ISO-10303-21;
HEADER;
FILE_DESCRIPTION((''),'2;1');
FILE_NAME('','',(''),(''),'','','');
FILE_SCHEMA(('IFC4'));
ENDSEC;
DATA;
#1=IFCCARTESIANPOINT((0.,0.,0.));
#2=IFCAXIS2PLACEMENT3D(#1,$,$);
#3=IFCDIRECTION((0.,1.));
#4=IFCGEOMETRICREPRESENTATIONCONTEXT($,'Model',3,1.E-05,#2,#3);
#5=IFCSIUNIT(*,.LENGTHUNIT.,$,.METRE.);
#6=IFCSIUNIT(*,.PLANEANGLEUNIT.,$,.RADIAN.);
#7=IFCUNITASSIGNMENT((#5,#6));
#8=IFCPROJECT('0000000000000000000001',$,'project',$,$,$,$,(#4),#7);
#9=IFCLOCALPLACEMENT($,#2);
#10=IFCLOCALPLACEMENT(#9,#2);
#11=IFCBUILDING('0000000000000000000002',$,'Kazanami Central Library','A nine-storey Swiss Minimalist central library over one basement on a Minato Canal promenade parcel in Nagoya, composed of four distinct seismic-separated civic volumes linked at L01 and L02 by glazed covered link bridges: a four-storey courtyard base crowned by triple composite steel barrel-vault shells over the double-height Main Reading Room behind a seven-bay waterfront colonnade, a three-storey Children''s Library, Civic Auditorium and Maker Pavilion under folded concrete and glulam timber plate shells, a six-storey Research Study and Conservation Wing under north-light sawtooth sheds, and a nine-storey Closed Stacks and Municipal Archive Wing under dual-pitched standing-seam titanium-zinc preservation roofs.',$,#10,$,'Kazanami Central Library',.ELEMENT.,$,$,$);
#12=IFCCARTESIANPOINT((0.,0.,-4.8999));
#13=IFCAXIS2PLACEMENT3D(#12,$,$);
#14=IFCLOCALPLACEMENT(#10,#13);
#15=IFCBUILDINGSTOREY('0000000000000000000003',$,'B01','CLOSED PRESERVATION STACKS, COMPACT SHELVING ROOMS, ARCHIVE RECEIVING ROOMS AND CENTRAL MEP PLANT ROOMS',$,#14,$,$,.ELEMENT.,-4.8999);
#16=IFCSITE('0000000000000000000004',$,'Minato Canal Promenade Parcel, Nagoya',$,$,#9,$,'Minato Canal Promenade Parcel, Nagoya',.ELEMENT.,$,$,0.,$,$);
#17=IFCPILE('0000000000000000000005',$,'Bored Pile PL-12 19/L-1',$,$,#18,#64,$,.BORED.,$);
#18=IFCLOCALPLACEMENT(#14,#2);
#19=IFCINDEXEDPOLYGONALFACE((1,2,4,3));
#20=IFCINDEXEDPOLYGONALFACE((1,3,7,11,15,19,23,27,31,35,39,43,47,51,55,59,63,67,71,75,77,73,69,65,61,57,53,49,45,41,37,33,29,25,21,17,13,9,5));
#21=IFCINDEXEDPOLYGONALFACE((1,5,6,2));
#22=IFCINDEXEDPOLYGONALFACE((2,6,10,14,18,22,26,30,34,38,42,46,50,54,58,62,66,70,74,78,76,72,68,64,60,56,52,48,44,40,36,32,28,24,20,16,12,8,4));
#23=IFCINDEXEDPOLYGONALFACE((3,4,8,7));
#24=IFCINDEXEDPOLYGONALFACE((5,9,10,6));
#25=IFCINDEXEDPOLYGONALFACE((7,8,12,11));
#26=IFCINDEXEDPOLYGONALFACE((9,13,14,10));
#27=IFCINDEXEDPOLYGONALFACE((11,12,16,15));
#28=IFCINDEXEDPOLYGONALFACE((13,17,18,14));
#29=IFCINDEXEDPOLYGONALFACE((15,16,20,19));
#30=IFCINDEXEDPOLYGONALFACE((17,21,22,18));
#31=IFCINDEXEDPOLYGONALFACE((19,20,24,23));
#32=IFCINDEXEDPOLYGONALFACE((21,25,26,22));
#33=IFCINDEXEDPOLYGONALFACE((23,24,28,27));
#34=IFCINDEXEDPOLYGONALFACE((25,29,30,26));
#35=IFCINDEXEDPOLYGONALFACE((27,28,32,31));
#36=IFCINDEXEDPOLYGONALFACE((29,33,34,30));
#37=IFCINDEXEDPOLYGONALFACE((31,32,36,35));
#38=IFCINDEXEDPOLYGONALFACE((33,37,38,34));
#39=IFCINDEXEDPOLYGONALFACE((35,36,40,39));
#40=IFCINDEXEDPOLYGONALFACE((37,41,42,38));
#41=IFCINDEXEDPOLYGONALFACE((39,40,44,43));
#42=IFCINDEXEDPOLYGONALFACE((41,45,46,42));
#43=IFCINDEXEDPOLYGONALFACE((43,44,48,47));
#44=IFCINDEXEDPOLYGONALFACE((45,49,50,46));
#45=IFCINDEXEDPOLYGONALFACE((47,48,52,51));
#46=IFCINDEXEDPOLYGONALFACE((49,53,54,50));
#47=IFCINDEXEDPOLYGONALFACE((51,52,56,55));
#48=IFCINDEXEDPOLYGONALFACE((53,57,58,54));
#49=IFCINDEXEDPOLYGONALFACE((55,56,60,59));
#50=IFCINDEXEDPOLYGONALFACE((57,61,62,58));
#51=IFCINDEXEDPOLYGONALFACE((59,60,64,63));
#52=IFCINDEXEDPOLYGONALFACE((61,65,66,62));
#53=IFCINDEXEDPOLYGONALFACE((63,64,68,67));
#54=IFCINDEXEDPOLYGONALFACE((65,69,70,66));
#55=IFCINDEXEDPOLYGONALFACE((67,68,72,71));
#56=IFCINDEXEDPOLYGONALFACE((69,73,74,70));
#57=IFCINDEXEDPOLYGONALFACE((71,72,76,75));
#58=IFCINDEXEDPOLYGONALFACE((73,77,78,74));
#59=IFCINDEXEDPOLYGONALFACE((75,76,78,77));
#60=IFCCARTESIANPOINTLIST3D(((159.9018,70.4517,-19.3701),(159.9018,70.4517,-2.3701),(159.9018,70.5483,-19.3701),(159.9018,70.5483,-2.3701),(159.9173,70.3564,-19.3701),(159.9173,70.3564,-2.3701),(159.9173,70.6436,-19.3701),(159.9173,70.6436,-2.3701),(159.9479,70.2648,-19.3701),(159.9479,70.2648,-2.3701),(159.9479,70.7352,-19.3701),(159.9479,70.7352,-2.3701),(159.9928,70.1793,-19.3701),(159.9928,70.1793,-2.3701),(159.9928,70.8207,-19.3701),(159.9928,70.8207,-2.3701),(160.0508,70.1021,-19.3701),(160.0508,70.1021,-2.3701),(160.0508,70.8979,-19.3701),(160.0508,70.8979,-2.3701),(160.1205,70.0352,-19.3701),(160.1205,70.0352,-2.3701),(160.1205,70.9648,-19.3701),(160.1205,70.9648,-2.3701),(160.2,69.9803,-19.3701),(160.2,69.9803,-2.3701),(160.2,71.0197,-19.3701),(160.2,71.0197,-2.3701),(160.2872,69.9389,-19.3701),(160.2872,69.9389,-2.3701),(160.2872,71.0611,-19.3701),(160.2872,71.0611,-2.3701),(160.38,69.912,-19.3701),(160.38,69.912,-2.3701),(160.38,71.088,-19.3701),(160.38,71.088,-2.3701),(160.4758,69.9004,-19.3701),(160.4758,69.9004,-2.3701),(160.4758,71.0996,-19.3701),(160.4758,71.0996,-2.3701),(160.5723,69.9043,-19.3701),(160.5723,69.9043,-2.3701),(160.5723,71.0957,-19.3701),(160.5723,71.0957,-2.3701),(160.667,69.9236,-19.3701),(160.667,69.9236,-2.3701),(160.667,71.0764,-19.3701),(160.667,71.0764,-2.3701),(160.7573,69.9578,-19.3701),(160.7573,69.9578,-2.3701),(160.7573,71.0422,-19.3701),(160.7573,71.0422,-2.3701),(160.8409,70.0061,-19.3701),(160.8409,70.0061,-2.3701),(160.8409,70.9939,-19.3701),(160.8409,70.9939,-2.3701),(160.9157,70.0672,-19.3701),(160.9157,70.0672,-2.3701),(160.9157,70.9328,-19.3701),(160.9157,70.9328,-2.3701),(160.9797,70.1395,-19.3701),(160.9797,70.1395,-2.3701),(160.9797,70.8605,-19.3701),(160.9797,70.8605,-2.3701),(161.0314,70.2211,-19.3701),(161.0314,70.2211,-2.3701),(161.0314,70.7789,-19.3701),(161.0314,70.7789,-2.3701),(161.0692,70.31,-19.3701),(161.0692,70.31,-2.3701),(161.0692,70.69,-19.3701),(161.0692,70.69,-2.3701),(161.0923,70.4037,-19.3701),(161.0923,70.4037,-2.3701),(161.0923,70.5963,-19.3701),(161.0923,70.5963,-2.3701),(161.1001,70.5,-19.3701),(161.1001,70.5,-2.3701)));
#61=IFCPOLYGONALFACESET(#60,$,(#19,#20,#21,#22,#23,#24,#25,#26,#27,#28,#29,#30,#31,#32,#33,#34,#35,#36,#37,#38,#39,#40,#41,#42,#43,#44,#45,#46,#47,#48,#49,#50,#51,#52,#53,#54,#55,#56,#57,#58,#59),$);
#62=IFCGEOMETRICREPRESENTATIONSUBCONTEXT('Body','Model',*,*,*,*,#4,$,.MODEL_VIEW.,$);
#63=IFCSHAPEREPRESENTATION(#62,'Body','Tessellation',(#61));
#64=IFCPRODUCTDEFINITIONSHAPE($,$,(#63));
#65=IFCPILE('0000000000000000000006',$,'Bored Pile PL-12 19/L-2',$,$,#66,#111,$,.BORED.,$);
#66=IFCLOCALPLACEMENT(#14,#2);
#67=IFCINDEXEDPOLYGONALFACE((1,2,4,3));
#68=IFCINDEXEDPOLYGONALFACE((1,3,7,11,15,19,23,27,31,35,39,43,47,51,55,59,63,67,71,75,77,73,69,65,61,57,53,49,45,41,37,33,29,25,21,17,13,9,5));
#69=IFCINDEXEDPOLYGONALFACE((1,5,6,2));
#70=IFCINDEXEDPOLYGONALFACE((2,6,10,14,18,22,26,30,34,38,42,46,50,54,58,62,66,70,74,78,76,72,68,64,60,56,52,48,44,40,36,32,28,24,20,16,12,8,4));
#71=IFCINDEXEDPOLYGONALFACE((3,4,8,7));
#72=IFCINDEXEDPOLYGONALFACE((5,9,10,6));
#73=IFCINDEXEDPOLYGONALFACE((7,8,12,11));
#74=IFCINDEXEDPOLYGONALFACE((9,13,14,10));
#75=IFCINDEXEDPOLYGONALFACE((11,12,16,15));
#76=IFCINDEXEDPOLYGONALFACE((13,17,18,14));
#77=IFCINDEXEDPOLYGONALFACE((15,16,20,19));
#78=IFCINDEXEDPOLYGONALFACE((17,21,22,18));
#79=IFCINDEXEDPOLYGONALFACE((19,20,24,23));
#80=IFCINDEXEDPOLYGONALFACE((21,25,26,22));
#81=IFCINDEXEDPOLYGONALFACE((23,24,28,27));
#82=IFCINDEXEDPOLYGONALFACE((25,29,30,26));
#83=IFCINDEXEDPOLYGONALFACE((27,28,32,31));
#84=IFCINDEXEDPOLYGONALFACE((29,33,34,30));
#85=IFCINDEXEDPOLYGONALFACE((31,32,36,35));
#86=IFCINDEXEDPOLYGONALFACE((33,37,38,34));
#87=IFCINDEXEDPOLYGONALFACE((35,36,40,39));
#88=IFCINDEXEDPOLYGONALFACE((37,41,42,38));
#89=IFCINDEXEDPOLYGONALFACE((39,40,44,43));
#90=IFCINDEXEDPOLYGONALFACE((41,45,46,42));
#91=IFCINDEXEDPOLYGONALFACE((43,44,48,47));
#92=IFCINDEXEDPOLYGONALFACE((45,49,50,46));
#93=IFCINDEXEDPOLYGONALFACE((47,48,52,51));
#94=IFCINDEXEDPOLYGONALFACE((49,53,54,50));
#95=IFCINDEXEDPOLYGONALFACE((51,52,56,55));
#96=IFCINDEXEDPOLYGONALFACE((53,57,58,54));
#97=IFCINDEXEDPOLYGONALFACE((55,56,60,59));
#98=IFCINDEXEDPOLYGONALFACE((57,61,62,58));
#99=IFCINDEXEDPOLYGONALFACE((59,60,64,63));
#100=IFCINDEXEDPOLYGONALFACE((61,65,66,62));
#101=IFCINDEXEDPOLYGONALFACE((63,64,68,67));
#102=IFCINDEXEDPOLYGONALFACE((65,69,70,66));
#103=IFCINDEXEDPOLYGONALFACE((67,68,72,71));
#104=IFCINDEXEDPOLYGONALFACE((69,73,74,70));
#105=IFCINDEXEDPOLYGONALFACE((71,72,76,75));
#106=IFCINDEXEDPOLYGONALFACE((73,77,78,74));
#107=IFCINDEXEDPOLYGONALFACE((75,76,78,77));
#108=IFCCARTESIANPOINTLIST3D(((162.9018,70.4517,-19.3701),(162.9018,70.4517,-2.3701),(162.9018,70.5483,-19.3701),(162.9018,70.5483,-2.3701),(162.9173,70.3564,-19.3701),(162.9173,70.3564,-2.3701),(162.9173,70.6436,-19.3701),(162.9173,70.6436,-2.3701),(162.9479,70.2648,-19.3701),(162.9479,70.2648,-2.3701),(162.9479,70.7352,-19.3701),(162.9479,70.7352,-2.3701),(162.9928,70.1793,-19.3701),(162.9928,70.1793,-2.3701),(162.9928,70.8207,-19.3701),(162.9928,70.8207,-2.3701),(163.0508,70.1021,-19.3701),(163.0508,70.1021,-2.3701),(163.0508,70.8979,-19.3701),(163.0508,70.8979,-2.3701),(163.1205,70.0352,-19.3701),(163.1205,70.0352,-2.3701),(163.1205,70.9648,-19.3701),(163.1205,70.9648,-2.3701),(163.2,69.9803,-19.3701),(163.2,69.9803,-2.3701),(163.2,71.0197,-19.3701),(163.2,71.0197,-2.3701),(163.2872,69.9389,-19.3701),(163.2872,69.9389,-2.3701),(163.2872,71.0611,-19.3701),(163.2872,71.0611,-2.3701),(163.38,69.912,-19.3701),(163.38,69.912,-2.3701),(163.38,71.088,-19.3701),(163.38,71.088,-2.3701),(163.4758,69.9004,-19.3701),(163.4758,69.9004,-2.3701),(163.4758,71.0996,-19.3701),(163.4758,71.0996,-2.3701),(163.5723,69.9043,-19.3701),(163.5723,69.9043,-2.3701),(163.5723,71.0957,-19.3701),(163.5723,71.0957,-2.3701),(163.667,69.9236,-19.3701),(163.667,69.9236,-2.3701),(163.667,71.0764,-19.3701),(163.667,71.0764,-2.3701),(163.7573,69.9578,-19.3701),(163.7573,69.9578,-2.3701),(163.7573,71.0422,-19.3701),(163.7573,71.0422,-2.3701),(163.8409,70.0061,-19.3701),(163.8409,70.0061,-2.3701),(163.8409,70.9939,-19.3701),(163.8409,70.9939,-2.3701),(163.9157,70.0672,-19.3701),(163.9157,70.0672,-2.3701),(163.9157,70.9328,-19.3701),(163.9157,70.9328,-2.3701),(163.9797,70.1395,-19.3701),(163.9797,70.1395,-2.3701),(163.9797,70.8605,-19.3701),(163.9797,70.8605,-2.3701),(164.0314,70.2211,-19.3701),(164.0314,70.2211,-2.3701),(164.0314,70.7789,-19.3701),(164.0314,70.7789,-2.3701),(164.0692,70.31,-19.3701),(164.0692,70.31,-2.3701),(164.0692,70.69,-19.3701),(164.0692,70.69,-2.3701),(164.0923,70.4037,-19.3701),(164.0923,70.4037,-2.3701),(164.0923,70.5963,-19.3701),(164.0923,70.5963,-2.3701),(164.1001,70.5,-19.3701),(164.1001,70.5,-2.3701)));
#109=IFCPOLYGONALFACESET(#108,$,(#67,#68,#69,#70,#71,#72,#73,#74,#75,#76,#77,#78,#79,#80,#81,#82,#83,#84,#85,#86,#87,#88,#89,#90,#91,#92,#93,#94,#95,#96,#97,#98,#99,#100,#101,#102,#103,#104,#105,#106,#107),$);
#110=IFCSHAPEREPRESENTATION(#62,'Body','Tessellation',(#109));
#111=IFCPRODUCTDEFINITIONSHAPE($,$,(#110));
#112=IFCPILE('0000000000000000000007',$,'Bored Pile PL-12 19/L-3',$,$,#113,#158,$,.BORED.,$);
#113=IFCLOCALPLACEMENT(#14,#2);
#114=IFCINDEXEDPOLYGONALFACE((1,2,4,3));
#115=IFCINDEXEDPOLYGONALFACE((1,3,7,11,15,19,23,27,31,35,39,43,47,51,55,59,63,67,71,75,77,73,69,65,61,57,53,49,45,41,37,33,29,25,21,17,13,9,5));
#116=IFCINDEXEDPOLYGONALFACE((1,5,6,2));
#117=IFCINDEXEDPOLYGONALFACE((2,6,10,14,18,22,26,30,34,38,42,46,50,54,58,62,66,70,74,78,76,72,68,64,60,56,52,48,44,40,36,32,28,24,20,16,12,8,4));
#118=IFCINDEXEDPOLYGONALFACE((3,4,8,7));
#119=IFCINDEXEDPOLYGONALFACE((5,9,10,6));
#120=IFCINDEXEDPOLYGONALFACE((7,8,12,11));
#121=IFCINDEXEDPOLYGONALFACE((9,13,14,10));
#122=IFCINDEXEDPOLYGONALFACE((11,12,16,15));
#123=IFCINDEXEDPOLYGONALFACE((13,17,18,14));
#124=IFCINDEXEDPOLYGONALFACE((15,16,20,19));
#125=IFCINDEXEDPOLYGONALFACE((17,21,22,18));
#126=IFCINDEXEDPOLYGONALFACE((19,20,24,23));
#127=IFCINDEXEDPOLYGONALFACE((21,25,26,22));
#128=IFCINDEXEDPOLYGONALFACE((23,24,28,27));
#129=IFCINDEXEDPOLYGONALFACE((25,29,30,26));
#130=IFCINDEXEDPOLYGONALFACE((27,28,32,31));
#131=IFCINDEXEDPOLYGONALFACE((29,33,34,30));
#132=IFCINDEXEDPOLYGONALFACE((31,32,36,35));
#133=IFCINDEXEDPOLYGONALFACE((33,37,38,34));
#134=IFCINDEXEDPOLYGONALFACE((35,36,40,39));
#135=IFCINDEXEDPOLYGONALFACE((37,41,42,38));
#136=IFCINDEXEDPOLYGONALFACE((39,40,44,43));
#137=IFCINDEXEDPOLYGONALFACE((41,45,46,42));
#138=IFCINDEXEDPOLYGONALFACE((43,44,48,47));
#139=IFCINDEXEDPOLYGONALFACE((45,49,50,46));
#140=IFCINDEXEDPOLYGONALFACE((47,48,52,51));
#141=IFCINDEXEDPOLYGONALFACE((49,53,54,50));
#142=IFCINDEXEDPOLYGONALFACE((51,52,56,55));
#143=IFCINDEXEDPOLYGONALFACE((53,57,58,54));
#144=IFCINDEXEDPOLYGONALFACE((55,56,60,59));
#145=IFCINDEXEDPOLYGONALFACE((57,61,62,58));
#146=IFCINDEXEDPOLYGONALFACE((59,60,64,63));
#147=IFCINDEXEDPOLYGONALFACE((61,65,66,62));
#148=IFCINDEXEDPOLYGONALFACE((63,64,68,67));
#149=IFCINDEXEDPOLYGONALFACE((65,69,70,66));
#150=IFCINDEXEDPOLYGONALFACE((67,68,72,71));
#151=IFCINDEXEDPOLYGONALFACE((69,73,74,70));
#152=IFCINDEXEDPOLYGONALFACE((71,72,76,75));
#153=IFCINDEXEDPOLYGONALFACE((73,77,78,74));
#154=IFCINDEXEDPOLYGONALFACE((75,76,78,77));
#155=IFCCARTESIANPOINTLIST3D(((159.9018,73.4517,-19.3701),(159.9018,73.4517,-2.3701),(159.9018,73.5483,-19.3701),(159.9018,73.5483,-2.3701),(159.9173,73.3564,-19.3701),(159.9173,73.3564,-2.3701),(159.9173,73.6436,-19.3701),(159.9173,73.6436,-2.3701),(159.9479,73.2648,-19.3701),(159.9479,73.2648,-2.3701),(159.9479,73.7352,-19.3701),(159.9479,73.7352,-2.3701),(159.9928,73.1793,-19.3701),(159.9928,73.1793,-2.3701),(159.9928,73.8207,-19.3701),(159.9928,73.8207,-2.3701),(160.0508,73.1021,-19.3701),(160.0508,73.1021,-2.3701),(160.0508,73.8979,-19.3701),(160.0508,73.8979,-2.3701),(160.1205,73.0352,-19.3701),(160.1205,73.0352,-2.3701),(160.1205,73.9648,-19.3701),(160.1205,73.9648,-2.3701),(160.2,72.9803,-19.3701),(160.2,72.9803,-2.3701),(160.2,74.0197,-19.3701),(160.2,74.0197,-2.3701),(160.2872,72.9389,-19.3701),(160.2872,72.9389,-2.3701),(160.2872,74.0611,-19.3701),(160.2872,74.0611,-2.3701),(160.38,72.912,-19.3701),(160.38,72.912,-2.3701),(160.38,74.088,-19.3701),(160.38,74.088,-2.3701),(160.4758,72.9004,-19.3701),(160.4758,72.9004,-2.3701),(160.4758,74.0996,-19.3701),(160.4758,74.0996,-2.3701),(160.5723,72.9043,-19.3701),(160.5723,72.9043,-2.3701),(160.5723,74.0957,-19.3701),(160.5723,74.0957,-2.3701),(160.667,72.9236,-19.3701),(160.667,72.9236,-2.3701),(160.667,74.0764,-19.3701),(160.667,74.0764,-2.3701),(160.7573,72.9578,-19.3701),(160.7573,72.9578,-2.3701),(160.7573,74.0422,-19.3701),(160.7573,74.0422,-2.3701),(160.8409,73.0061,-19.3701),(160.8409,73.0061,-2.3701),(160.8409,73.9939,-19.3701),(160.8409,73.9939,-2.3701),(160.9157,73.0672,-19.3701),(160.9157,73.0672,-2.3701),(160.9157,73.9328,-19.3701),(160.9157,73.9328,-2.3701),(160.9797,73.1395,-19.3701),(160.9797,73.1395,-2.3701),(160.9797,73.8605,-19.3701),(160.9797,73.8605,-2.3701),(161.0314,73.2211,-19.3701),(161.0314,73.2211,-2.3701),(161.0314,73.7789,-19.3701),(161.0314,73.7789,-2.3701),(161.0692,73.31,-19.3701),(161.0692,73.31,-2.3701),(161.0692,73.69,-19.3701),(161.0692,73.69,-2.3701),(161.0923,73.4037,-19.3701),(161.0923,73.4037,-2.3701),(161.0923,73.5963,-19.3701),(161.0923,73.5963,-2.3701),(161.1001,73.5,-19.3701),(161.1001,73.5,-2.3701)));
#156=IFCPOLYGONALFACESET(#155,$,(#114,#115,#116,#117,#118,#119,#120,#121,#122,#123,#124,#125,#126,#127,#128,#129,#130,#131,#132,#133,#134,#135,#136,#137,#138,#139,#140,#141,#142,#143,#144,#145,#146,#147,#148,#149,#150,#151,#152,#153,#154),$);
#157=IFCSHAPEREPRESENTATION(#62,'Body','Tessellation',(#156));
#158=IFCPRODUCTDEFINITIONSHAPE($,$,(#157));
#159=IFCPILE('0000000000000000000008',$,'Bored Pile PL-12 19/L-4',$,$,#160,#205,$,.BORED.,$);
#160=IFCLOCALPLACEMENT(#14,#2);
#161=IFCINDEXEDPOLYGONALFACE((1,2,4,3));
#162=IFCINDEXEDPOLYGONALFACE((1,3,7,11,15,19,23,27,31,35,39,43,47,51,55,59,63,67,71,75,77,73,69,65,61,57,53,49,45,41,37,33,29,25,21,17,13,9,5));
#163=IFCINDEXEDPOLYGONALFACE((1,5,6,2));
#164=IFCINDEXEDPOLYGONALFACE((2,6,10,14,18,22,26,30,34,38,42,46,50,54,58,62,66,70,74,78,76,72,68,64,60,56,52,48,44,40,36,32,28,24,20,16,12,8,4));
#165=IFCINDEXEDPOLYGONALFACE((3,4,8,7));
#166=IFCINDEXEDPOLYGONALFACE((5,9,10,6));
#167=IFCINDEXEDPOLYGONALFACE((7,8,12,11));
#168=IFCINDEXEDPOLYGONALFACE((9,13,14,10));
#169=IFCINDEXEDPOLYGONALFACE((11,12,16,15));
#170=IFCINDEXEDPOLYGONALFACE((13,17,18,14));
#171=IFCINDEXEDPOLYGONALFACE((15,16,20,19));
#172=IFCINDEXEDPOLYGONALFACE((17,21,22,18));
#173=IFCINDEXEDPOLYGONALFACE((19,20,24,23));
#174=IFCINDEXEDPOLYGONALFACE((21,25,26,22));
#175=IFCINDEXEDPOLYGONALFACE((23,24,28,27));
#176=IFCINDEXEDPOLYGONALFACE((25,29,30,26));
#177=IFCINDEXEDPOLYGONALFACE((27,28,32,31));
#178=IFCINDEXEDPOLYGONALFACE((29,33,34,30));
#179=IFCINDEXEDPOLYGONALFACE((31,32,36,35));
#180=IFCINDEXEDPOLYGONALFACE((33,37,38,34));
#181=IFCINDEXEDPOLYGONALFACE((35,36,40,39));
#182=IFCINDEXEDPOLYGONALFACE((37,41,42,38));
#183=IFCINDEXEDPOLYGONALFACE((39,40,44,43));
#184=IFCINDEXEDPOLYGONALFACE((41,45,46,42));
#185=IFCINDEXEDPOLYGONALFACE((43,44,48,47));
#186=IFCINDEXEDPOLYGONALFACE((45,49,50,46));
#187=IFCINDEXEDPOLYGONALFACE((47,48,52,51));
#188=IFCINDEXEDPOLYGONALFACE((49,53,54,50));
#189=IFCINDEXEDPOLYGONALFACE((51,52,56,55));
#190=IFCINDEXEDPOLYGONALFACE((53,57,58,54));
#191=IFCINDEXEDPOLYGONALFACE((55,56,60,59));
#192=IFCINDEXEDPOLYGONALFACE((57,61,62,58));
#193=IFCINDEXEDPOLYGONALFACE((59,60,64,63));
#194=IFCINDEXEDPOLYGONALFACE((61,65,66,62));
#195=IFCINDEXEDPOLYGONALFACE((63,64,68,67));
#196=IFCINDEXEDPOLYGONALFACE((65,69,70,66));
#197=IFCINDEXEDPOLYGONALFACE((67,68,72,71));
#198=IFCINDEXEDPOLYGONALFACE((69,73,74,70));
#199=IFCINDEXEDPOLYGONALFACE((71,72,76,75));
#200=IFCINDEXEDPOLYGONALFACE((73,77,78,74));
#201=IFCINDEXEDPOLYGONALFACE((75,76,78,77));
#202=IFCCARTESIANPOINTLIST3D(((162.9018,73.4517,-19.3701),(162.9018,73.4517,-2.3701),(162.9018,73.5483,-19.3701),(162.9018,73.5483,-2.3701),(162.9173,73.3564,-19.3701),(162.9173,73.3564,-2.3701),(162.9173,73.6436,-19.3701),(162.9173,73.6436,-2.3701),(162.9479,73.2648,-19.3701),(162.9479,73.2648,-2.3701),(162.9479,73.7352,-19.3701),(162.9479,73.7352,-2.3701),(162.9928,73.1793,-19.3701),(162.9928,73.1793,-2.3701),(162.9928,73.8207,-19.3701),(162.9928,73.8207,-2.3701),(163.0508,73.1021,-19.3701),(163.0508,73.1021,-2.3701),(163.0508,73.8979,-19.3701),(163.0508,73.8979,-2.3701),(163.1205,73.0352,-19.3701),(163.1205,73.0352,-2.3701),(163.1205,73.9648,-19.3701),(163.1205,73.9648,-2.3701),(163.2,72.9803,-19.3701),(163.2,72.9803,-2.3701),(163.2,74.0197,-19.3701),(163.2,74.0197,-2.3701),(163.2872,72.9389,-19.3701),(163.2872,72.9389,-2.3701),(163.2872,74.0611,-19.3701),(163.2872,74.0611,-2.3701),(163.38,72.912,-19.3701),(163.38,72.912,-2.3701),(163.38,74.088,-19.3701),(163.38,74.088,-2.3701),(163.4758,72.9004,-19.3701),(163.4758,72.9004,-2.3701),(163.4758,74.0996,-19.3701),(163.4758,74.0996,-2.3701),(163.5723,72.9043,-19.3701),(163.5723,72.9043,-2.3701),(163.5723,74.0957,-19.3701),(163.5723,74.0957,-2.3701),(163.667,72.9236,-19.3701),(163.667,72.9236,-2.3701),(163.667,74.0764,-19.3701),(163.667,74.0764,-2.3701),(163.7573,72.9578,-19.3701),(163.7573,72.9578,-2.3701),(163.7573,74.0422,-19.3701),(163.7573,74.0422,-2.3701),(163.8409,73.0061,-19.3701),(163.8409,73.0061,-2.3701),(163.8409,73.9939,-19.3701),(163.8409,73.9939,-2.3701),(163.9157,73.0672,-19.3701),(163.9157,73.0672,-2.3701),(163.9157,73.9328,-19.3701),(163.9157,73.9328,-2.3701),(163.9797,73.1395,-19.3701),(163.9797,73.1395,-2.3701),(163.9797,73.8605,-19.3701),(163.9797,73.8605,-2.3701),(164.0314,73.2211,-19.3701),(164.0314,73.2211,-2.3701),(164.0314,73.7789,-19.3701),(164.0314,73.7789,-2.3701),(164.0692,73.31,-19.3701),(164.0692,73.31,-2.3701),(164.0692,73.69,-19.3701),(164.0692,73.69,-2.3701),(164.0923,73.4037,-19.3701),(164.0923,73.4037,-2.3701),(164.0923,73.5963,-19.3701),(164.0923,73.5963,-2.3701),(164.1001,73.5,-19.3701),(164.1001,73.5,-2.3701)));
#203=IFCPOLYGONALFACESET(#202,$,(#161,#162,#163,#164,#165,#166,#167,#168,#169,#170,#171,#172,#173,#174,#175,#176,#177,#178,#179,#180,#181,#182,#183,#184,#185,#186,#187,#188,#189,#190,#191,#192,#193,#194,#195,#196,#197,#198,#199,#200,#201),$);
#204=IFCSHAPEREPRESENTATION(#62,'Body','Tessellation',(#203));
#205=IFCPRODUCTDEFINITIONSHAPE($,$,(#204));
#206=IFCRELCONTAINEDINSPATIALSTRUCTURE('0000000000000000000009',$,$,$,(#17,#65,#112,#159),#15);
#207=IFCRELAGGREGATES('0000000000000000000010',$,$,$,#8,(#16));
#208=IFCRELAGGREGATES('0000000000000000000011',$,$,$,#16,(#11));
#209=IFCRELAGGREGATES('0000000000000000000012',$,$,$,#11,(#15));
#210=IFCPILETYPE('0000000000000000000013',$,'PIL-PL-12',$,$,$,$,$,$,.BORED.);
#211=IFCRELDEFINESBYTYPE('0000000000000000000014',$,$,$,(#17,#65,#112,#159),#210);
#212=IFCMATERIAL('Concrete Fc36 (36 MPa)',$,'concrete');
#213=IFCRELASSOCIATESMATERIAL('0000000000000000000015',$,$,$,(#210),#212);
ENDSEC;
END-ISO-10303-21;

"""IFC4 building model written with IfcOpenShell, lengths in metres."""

from ifc_helpers import new_model, si_unit, direction, frame, origin, origin_2d, place, context, subcontext, project, spatial, circle, extrude, material, material_profile, profile_set, type_object, element, save


model = new_model("IFC4")

# Units and contexts
model_context = context("Model", 3, precision=1e-05, world=origin(), true_north=direction((0.0, 1.0)))
body_context = subcontext(model_context, "Body", "Model", "MODEL_VIEW")
ifc_project = project(units=[si_unit("LENGTHUNIT", "METRE"), si_unit("PLANEANGLEUNIT", "RADIAN")], contexts=[model_context])

# Site, building, storey
site_placement = place(None, origin())
site = spatial("IfcSite", under=ifc_project, at=site_placement, Name="Minato Canal Promenade Parcel, Nagoya", LongName="Minato Canal Promenade Parcel, Nagoya", CompositionType="ELEMENT", RefElevation=0.0)
building_placement = place(site_placement, origin())
building = spatial("IfcBuilding", under=site, at=building_placement, Name="Kazanami Central Library", Description="A nine-storey Swiss Minimalist central library over one basement on a Minato Canal promenade parcel in Nagoya, composed of four distinct seismic-separated civic volumes linked at L01 and L02 by glazed covered link bridges: a four-storey courtyard base crowned by triple composite steel barrel-vault shells over the double-height Main Reading Room behind a seven-bay waterfront colonnade, a three-storey Children's Library, Civic Auditorium and Maker Pavilion under folded concrete and glulam timber plate shells, a six-storey Research Study and Conservation Wing under north-light sawtooth sheds, and a nine-storey Closed Stacks and Municipal Archive Wing under dual-pitched standing-seam titanium-zinc preservation roofs.", LongName="Kazanami Central Library", CompositionType="ELEMENT")
storey_placement = place(building_placement, frame((0.0, 0.0, -4.8999)))
storey = spatial("IfcBuildingStorey", under=building, at=storey_placement, Name="B01", Description="CLOSED PRESERVATION STACKS, COMPACT SHELVING ROOMS, ARCHIVE RECEIVING ROOMS AND CENTRAL MEP PLANT ROOMS", CompositionType="ELEMENT", Elevation=-4.8999)

# Shared definitions
ifc_material_1 = material(Name="Concrete Fc36 (36 MPa)", Category="concrete")

# Piles
ifc_material_profile_1 = material_profile(ifc_material_1, circle(Radius=0.6001, at=origin_2d()), Name="BORED-D1200")
ifc_profile_set_1 = profile_set([ifc_material_profile_1], Name="Concrete Fc36 (36 MPa)")
pile_type = type_object("IfcPileType", Name="PIL-PL-12", PredefinedType="BORED", material=ifc_profile_set_1)
for number, where, z_axis, x_axis, name in (
    (1, (160.5, 70.5, -2.3701), (0.0, 0.0, -1.0), (1.0, 0.0, 0.0), "Bored Pile PL-12 19/L-1"),
    (2, (163.5, 70.5, -2.3701), (0.0, 0.0, -1.0), (1.0, 0.0, 0.0), "Bored Pile PL-12 19/L-2"),
    (3, (160.5, 73.5, -2.3701), (0.0, 0.0, -1.0), (1.0, 0.0, 0.0), "Bored Pile PL-12 19/L-3"),
    (4, (163.5, 73.5, -2.3701), (0.0, 0.0, -1.0), (1.0, 0.0, 0.0), "Bored Pile PL-12 19/L-4"),
):
    element("IfcPile", number, at=place(storey_placement, frame(where, z_axis=z_axis, x_axis=x_axis)), inside=storey, type_object=pile_type, Name=name, PredefinedType="BORED", context=body_context, shape_type="SweptSolid", body=[
        extrude(circle(Radius=0.6001, at=origin_2d()), origin(), (0.0, 0.0, 1.0), 17.0),
    ])

save(model, "model.ifc")
